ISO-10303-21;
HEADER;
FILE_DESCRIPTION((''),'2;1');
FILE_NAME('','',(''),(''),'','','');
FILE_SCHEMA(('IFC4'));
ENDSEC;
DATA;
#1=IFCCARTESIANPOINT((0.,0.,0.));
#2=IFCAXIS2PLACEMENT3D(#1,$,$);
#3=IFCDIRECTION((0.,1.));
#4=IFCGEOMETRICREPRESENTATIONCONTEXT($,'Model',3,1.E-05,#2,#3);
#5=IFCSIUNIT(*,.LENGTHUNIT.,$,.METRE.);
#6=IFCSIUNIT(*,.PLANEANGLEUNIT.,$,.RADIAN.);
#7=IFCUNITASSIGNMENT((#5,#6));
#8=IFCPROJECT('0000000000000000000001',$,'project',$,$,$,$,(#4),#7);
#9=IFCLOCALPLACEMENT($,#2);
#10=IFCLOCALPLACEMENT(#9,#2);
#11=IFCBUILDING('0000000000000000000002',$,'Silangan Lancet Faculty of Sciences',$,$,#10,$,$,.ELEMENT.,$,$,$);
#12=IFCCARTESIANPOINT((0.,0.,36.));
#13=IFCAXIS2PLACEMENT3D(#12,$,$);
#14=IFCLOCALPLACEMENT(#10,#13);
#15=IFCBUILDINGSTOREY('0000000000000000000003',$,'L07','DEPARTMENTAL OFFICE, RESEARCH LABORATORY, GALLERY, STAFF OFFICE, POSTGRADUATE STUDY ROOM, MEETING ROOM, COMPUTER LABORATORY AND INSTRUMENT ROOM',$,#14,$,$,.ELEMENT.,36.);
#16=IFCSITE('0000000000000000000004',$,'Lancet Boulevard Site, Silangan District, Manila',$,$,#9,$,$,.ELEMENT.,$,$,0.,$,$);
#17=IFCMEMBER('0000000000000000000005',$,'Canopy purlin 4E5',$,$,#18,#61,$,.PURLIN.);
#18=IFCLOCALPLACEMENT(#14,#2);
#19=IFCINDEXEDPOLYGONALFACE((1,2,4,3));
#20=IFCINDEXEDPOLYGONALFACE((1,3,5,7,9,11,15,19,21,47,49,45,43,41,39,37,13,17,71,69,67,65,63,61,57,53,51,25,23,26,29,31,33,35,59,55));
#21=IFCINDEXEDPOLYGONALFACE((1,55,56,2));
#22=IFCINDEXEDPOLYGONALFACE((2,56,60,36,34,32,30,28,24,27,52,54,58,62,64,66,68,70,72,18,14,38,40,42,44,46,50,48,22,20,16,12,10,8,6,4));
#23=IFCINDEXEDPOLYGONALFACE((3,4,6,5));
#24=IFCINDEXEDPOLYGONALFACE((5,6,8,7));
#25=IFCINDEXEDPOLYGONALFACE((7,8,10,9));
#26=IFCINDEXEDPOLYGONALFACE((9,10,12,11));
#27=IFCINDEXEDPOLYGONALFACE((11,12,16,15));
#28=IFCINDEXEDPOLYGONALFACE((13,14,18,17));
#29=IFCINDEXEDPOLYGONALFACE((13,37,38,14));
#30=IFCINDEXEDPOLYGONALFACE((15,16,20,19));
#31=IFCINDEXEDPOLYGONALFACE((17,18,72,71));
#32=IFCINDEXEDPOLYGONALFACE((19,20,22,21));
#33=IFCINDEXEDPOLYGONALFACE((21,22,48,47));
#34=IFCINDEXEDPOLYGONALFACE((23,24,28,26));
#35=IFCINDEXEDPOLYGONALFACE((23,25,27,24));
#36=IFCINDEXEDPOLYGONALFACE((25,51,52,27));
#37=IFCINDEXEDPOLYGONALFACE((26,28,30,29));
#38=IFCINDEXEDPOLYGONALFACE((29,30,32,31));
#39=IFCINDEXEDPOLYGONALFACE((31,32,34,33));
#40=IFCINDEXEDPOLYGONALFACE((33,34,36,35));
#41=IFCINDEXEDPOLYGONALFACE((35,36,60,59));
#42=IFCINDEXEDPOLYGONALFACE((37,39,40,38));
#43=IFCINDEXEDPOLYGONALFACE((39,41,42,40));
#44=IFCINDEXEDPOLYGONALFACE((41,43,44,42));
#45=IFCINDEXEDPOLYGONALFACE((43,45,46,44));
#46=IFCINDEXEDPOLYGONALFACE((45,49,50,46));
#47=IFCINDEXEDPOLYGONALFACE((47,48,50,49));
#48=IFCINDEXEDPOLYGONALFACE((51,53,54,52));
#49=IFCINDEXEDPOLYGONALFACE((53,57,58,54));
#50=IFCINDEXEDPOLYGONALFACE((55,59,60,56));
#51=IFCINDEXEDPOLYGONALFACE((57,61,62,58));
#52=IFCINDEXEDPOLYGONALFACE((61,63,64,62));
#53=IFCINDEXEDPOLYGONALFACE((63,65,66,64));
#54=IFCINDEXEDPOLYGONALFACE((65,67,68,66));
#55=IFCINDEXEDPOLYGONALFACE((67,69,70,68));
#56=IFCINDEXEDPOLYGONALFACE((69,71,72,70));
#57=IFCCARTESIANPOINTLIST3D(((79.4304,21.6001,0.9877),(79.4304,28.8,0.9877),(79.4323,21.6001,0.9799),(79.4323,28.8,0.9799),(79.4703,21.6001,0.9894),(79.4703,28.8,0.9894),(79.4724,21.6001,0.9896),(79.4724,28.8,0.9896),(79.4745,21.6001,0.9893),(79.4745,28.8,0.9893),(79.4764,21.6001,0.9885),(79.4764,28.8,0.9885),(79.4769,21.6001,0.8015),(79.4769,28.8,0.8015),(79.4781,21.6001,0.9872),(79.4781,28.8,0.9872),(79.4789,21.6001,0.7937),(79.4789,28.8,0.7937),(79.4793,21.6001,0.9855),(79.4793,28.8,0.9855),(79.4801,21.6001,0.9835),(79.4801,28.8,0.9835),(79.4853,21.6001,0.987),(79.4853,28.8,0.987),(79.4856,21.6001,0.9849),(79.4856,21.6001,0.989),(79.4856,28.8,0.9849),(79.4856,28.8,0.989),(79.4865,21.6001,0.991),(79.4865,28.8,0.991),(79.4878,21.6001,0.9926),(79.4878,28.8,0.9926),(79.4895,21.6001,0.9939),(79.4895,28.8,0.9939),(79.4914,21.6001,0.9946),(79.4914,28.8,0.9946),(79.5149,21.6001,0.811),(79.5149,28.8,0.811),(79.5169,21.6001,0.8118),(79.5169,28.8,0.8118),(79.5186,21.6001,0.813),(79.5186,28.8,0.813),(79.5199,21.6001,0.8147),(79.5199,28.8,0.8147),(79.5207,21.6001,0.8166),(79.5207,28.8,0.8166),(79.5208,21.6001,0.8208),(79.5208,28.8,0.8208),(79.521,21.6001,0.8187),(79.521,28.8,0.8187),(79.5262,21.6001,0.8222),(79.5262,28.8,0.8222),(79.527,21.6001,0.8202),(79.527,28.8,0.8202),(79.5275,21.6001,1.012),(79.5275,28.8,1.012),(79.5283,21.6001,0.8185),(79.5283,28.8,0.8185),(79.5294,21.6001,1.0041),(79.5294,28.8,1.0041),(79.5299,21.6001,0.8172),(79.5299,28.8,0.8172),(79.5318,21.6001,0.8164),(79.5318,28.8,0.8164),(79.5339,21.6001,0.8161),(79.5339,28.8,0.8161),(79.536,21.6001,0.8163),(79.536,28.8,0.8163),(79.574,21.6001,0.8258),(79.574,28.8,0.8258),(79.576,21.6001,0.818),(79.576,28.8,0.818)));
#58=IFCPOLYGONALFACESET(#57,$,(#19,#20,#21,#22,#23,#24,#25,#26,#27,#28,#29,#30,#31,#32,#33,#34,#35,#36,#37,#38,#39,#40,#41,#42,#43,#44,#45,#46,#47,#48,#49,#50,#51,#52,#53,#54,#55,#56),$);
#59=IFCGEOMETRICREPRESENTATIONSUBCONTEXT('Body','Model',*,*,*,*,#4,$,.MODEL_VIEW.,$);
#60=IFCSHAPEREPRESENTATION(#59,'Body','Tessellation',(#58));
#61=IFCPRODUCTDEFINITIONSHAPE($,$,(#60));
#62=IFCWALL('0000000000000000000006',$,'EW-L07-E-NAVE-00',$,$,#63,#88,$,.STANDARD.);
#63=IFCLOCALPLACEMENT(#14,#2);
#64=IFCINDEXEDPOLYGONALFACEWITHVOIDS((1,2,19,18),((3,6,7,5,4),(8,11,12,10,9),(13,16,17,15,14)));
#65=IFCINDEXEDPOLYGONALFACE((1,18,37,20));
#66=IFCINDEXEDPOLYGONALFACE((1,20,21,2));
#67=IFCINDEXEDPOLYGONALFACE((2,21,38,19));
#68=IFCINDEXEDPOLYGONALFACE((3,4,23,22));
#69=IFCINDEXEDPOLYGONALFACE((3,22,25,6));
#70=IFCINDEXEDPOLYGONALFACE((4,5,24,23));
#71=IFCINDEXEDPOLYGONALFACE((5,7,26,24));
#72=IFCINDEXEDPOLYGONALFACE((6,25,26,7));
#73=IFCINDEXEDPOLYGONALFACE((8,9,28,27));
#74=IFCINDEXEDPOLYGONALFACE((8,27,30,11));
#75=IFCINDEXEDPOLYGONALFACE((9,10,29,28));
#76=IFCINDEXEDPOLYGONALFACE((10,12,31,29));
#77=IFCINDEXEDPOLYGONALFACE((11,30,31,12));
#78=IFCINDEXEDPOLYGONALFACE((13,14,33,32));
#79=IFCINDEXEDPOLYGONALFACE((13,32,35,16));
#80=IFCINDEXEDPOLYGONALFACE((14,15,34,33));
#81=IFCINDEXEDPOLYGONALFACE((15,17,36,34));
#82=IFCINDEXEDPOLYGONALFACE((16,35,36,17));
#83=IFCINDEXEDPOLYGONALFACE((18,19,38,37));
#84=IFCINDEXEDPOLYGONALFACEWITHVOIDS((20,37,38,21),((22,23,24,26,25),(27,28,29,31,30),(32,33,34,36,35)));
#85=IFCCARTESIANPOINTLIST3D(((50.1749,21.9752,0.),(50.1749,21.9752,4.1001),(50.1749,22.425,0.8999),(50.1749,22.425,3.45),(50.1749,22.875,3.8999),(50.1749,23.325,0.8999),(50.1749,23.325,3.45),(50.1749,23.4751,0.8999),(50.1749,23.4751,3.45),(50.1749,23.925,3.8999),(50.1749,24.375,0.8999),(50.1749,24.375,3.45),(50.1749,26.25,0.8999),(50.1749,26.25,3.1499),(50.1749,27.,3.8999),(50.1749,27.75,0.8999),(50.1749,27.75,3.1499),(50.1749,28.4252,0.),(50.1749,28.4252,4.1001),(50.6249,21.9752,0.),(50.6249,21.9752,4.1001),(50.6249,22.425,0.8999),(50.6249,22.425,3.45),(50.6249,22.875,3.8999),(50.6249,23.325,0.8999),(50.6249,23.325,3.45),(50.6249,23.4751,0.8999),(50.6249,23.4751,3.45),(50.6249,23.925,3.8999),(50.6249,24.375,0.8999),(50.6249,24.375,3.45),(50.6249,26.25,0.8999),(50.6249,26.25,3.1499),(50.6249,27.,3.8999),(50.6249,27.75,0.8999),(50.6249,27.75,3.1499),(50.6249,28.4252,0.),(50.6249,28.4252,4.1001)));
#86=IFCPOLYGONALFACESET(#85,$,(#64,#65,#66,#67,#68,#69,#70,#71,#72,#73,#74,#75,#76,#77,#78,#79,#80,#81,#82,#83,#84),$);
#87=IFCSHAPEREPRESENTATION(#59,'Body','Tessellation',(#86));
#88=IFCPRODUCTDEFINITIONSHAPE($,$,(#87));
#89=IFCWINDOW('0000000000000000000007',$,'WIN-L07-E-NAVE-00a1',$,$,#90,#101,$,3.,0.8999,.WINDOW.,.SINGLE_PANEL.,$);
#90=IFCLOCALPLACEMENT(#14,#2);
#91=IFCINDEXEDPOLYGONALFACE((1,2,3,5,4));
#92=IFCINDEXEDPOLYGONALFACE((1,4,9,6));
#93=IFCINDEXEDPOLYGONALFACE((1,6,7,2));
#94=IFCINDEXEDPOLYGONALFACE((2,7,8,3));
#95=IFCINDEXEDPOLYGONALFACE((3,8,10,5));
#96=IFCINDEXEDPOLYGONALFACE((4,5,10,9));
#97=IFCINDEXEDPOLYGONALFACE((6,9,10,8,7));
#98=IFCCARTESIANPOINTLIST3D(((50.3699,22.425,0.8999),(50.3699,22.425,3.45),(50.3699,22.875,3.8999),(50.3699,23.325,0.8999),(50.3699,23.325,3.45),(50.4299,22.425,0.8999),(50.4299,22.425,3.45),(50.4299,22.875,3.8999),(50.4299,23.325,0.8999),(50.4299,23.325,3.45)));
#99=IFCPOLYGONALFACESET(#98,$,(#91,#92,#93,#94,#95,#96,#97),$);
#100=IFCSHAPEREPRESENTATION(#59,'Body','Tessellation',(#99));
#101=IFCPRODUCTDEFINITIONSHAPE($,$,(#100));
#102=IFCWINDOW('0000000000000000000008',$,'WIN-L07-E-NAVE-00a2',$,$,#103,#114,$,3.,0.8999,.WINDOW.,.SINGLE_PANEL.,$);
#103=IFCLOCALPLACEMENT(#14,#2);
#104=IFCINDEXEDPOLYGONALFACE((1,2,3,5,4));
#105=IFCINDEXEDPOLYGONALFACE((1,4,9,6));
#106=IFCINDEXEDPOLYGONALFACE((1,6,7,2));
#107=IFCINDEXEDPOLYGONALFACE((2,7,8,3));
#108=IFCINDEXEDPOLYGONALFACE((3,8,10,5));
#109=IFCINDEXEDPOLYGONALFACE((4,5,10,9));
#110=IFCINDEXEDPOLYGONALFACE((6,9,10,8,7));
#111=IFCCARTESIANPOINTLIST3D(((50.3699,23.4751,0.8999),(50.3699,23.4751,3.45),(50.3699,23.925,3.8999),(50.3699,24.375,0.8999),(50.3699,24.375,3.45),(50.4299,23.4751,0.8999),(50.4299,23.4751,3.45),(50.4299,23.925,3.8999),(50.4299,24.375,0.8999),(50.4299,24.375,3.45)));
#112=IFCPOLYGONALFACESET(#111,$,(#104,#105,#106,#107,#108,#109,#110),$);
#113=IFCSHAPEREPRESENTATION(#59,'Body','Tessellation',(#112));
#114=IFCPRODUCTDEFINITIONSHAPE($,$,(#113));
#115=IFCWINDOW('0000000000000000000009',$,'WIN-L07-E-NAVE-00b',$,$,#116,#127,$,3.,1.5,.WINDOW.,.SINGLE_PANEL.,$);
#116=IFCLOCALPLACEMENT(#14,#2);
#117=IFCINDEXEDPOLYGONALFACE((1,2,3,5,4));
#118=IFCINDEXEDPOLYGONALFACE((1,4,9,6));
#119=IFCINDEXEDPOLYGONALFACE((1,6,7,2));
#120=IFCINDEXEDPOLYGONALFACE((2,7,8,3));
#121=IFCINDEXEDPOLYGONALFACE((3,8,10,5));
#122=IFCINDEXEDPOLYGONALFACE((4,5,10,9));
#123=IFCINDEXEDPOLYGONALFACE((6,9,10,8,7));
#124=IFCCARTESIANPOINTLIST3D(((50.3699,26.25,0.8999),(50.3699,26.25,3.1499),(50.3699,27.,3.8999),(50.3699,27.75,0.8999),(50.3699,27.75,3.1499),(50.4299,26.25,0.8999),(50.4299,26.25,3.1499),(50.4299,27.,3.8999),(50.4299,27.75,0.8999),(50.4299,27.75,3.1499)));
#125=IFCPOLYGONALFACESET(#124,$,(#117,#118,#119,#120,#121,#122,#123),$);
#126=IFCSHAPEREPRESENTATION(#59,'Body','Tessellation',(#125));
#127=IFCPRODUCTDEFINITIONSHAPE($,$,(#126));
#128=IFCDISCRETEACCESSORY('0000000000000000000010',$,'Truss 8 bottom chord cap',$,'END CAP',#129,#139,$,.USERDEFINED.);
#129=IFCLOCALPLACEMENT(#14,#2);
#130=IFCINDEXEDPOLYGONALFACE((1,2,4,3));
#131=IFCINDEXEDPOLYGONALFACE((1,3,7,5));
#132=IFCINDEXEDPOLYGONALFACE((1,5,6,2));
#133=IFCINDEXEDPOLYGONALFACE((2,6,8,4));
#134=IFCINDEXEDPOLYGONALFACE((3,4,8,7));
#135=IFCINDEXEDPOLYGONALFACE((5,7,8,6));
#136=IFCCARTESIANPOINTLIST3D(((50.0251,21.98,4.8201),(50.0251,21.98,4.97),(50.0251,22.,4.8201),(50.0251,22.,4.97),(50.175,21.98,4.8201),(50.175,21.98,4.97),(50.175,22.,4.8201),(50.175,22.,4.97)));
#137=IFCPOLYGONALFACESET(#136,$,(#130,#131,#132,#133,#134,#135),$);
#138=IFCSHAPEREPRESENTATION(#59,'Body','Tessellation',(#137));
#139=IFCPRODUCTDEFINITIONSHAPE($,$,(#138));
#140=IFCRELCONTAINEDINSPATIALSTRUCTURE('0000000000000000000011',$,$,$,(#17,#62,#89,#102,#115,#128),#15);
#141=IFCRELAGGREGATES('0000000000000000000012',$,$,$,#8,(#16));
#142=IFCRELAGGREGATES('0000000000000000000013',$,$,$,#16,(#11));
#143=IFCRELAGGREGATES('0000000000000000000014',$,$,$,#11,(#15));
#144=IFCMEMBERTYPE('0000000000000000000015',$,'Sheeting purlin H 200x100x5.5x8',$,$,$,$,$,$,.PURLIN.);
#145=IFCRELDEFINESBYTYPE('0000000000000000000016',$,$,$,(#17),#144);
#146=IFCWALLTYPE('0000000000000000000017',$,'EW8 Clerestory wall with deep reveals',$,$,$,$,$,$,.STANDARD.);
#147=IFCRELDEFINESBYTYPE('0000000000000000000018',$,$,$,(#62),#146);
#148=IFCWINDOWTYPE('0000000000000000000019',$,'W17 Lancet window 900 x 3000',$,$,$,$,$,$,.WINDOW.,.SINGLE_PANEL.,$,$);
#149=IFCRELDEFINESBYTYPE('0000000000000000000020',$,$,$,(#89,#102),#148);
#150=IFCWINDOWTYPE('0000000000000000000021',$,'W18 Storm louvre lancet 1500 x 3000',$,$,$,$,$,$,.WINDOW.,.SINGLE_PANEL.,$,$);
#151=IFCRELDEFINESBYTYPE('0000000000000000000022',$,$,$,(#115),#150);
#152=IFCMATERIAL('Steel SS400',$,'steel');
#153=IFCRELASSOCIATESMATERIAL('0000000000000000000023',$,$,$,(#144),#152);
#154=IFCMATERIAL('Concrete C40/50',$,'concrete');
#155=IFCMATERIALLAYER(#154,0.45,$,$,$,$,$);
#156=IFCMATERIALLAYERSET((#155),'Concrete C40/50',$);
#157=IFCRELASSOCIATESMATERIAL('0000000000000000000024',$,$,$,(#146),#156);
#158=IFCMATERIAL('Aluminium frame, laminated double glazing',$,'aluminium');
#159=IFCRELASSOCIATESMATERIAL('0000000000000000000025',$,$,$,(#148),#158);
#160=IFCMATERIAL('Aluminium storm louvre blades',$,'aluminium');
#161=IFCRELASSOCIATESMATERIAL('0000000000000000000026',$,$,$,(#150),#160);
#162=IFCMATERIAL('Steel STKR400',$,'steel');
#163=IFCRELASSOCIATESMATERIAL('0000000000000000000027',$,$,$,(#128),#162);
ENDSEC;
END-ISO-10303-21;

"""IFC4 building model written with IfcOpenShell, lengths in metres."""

from ifc_helpers import new_model, si_unit, direction, frame, frame_2d, origin, origin_2d, place, context, subcontext, project, spatial, polyline, rectangle, i_section, outline, extrude, material, layer, layer_set, material_profile, profile_set, type_object, element, fill, save


model = new_model("IFC4")

# Units and contexts
model_context = context("Model", 3, precision=1e-05, world=origin(), true_north=direction((0.0, 1.0)))
body_context = subcontext(model_context, "Body", "Model", "MODEL_VIEW")
ifc_project = project(units=[si_unit("LENGTHUNIT", "METRE"), si_unit("PLANEANGLEUNIT", "RADIAN")], contexts=[model_context])

# Site, building, storey
site_placement = place(None, origin())
site = spatial("IfcSite", under=ifc_project, at=site_placement, Name="Lancet Boulevard Site, Silangan District, Manila", CompositionType="ELEMENT", RefElevation=0.0)
building_placement = place(site_placement, origin())
building = spatial("IfcBuilding", under=site, at=building_placement, Name="Silangan Lancet Faculty of Sciences", CompositionType="ELEMENT")
storey_placement = place(building_placement, frame((0.0, 0.0, 36.0)))
storey = spatial("IfcBuildingStorey", under=building, at=storey_placement, Name="L07", Description="DEPARTMENTAL OFFICE, RESEARCH LABORATORY, GALLERY, STAFF OFFICE, POSTGRADUATE STUDY ROOM, MEETING ROOM, COMPUTER LABORATORY AND INSTRUMENT ROOM", CompositionType="ELEMENT", Elevation=36.0)

# Member
ifc_material_1 = material(Name="Steel SS400", Category="steel")
ifc_material_profile_1 = material_profile(ifc_material_1, i_section(OverallWidth=0.1001, OverallDepth=0.2, WebThickness=0.0056, FlangeThickness=0.0081, FilletRadius=0.0081, at=origin_2d()), Name="H 200x100x5.5x8")
ifc_profile_set_1 = profile_set([ifc_material_profile_1], Name="Steel SS400")
member_type_1 = type_object("IfcMemberType", Name="Sheeting purlin H 200x100x5.5x8", PredefinedType="PURLIN", material=ifc_profile_set_1)
for number, where, z_axis, x_axis, name in (
    (1, (79.5032, 21.6001, 0.9028), (0.0, 1.0, 0.0), (-0.970143, 0.0, -0.242536), "Canopy purlin 4E5"),
):
    element("IfcMember", number, at=place(storey_placement, frame(where, z_axis=z_axis, x_axis=x_axis)), inside=storey, type_object=member_type_1, Name=name, PredefinedType="PURLIN", context=body_context, shape_type="SweptSolid", body=[
        extrude(i_section(OverallWidth=0.1001, OverallDepth=0.2, WebThickness=0.0056, FlangeThickness=0.0081, FilletRadius=0.0081, at=origin_2d()), origin(), (0.0, 0.0, 1.0), 7.2),
    ])

# Wall, openings, windows
ifc_material_2 = material(Name="Concrete C40/50", Category="concrete")
ifc_layer = layer(ifc_material_2, 0.45)
ifc_layer_set = layer_set([ifc_layer], Name="Concrete C40/50")
wall_type = type_object("IfcWallType", Name="EW8 Clerestory wall with deep reveals", PredefinedType="STANDARD", material=ifc_layer_set)
wall_placement = place(storey_placement, frame((50.3999, 21.9751, 0.0), z_axis=(0.0, 0.0, 1.0), x_axis=(0.0, 1.0, 0.0)))
wall = element("IfcWall", 2, at=wall_placement, inside=storey, type_object=wall_type, Name="EW-L07-E-NAVE-00", PredefinedType="STANDARD", context=body_context, shape_type="SweptSolid", body=[
    extrude(rectangle(XDim=6.45, YDim=0.45, at=frame_2d((3.2251, 0.0))), origin(), (0.0, 0.0, 1.0), 4.1001),
])
opening_1_placement = place(wall_placement, frame((0.45, 0.0, 0.8999)))
opening_1 = element("IfcOpeningElement", 3, at=opening_1_placement, cuts=wall, PredefinedType="OPENING", context=body_context, shape_type="SweptSolid", body=[
    extrude(outline(polyline([(0.0, 0.0), (0.8999, 0.0), (0.8999, 2.55), (0.45, 3.0), (0.0, 2.55), (0.0, 0.0)])), frame((0.0, 0.2349, 0.0), z_axis=(0.0, -1.0, 0.0), x_axis=(1.0, 0.0, 0.0)), (0.0, 0.0, 1.0), 0.47),
])
opening_2_placement = place(wall_placement, frame((1.5, 0.0, 0.8999)))
opening_2 = element("IfcOpeningElement", 4, at=opening_2_placement, cuts=wall, PredefinedType="OPENING", context=body_context, shape_type="SweptSolid", body=[
    extrude(outline(polyline([(0.0, 0.0), (0.8999, 0.0), (0.8999, 2.55), (0.45, 3.0), (0.0, 2.55), (0.0, 0.0)])), frame((0.0, 0.2349, 0.0), z_axis=(0.0, -1.0, 0.0), x_axis=(1.0, 0.0, 0.0)), (0.0, 0.0, 1.0), 0.47),
])
opening_3_placement = place(wall_placement, frame((4.2749, 0.0, 0.8999)))
opening_3 = element("IfcOpeningElement", 5, at=opening_3_placement, cuts=wall, PredefinedType="OPENING", context=body_context, shape_type="SweptSolid", body=[
    extrude(outline(polyline([(0.0, 0.0), (1.5, 0.0), (1.5, 2.25), (0.75, 3.0), (0.0, 2.25), (0.0, 0.0)])), frame((0.0, 0.2349, 0.0), z_axis=(0.0, -1.0, 0.0), x_axis=(1.0, 0.0, 0.0)), (0.0, 0.0, 1.0), 0.47),
])
ifc_material_3 = material(Name="Aluminium frame, laminated double glazing", Category="aluminium")
window_type_1 = type_object("IfcWindowType", Name="W17 Lancet window 900 x 3000", PartitioningType="SINGLE_PANEL", PredefinedType="WINDOW", material=ifc_material_3)
window_1_placement = place(opening_1_placement, origin())
window_1 = element("IfcWindow", 6, at=window_1_placement, inside=storey, type_object=window_type_1, Name="WIN-L07-E-NAVE-00a1", OverallHeight=3.0, OverallWidth=0.8999, PartitioningType="SINGLE_PANEL", PredefinedType="WINDOW", context=body_context, shape_type="SweptSolid", body=[
    extrude(outline(polyline([(0.0, 0.0), (0.8999, 0.0), (0.8999, 2.55), (0.45, 3.0), (0.0, 2.55), (0.0, 0.0)])), frame((0.0, 0.03, 0.0), z_axis=(0.0, -1.0, 0.0), x_axis=(1.0, 0.0, 0.0)), (0.0, 0.0, 1.0), 0.0601),
])
fill(opening_1, window_1)
window_2_placement = place(opening_2_placement, origin())
window_2 = element("IfcWindow", 7, at=window_2_placement, inside=storey, type_object=window_type_1, Name="WIN-L07-E-NAVE-00a2", OverallHeight=3.0, OverallWidth=0.8999, PartitioningType="SINGLE_PANEL", PredefinedType="WINDOW", context=body_context, shape_type="SweptSolid", body=[
    extrude(outline(polyline([(0.0, 0.0), (0.8999, 0.0), (0.8999, 2.55), (0.45, 3.0), (0.0, 2.55), (0.0, 0.0)])), frame((0.0, 0.03, 0.0), z_axis=(0.0, -1.0, 0.0), x_axis=(1.0, 0.0, 0.0)), (0.0, 0.0, 1.0), 0.0601),
])
fill(opening_2, window_2)
ifc_material_4 = material(Name="Aluminium storm louvre blades", Category="aluminium")
window_type_2 = type_object("IfcWindowType", Name="W18 Storm louvre lancet 1500 x 3000", PartitioningType="SINGLE_PANEL", PredefinedType="WINDOW", material=ifc_material_4)
window_3_placement = place(opening_3_placement, origin())
window_3 = element("IfcWindow", 8, at=window_3_placement, inside=storey, type_object=window_type_2, Name="WIN-L07-E-NAVE-00b", OverallHeight=3.0, OverallWidth=1.5, PartitioningType="SINGLE_PANEL", PredefinedType="WINDOW", context=body_context, shape_type="SweptSolid", body=[
    extrude(outline(polyline([(0.0, 0.0), (1.5, 0.0), (1.5, 2.25), (0.75, 3.0), (0.0, 2.25), (0.0, 0.0)])), frame((0.0, 0.03, 0.0), z_axis=(0.0, -1.0, 0.0), x_axis=(1.0, 0.0, 0.0)), (0.0, 0.0, 1.0), 0.0601),
])
fill(opening_3, window_3)

# Discrete accessory
ifc_material_5 = material(Name="Steel STKR400", Category="steel")
discrete_accessory_placement = place(storey_placement, frame((50.1001, 21.99, 4.8201), z_axis=(0.0, 0.0, 1.0), x_axis=(1.0, 0.0, 0.0)))
element("IfcDiscreteAccessory", 9, at=discrete_accessory_placement, inside=storey, material=ifc_material_5, Name="Truss 8 bottom chord cap", ObjectType="END CAP", PredefinedType="USERDEFINED", context=body_context, shape_type="SweptSolid", body=[
    extrude(rectangle(XDim=0.1499, YDim=0.02, at=origin_2d()), origin(), (0.0, 0.0, 1.0), 0.1499),
])

save(model, "model.ifc")
